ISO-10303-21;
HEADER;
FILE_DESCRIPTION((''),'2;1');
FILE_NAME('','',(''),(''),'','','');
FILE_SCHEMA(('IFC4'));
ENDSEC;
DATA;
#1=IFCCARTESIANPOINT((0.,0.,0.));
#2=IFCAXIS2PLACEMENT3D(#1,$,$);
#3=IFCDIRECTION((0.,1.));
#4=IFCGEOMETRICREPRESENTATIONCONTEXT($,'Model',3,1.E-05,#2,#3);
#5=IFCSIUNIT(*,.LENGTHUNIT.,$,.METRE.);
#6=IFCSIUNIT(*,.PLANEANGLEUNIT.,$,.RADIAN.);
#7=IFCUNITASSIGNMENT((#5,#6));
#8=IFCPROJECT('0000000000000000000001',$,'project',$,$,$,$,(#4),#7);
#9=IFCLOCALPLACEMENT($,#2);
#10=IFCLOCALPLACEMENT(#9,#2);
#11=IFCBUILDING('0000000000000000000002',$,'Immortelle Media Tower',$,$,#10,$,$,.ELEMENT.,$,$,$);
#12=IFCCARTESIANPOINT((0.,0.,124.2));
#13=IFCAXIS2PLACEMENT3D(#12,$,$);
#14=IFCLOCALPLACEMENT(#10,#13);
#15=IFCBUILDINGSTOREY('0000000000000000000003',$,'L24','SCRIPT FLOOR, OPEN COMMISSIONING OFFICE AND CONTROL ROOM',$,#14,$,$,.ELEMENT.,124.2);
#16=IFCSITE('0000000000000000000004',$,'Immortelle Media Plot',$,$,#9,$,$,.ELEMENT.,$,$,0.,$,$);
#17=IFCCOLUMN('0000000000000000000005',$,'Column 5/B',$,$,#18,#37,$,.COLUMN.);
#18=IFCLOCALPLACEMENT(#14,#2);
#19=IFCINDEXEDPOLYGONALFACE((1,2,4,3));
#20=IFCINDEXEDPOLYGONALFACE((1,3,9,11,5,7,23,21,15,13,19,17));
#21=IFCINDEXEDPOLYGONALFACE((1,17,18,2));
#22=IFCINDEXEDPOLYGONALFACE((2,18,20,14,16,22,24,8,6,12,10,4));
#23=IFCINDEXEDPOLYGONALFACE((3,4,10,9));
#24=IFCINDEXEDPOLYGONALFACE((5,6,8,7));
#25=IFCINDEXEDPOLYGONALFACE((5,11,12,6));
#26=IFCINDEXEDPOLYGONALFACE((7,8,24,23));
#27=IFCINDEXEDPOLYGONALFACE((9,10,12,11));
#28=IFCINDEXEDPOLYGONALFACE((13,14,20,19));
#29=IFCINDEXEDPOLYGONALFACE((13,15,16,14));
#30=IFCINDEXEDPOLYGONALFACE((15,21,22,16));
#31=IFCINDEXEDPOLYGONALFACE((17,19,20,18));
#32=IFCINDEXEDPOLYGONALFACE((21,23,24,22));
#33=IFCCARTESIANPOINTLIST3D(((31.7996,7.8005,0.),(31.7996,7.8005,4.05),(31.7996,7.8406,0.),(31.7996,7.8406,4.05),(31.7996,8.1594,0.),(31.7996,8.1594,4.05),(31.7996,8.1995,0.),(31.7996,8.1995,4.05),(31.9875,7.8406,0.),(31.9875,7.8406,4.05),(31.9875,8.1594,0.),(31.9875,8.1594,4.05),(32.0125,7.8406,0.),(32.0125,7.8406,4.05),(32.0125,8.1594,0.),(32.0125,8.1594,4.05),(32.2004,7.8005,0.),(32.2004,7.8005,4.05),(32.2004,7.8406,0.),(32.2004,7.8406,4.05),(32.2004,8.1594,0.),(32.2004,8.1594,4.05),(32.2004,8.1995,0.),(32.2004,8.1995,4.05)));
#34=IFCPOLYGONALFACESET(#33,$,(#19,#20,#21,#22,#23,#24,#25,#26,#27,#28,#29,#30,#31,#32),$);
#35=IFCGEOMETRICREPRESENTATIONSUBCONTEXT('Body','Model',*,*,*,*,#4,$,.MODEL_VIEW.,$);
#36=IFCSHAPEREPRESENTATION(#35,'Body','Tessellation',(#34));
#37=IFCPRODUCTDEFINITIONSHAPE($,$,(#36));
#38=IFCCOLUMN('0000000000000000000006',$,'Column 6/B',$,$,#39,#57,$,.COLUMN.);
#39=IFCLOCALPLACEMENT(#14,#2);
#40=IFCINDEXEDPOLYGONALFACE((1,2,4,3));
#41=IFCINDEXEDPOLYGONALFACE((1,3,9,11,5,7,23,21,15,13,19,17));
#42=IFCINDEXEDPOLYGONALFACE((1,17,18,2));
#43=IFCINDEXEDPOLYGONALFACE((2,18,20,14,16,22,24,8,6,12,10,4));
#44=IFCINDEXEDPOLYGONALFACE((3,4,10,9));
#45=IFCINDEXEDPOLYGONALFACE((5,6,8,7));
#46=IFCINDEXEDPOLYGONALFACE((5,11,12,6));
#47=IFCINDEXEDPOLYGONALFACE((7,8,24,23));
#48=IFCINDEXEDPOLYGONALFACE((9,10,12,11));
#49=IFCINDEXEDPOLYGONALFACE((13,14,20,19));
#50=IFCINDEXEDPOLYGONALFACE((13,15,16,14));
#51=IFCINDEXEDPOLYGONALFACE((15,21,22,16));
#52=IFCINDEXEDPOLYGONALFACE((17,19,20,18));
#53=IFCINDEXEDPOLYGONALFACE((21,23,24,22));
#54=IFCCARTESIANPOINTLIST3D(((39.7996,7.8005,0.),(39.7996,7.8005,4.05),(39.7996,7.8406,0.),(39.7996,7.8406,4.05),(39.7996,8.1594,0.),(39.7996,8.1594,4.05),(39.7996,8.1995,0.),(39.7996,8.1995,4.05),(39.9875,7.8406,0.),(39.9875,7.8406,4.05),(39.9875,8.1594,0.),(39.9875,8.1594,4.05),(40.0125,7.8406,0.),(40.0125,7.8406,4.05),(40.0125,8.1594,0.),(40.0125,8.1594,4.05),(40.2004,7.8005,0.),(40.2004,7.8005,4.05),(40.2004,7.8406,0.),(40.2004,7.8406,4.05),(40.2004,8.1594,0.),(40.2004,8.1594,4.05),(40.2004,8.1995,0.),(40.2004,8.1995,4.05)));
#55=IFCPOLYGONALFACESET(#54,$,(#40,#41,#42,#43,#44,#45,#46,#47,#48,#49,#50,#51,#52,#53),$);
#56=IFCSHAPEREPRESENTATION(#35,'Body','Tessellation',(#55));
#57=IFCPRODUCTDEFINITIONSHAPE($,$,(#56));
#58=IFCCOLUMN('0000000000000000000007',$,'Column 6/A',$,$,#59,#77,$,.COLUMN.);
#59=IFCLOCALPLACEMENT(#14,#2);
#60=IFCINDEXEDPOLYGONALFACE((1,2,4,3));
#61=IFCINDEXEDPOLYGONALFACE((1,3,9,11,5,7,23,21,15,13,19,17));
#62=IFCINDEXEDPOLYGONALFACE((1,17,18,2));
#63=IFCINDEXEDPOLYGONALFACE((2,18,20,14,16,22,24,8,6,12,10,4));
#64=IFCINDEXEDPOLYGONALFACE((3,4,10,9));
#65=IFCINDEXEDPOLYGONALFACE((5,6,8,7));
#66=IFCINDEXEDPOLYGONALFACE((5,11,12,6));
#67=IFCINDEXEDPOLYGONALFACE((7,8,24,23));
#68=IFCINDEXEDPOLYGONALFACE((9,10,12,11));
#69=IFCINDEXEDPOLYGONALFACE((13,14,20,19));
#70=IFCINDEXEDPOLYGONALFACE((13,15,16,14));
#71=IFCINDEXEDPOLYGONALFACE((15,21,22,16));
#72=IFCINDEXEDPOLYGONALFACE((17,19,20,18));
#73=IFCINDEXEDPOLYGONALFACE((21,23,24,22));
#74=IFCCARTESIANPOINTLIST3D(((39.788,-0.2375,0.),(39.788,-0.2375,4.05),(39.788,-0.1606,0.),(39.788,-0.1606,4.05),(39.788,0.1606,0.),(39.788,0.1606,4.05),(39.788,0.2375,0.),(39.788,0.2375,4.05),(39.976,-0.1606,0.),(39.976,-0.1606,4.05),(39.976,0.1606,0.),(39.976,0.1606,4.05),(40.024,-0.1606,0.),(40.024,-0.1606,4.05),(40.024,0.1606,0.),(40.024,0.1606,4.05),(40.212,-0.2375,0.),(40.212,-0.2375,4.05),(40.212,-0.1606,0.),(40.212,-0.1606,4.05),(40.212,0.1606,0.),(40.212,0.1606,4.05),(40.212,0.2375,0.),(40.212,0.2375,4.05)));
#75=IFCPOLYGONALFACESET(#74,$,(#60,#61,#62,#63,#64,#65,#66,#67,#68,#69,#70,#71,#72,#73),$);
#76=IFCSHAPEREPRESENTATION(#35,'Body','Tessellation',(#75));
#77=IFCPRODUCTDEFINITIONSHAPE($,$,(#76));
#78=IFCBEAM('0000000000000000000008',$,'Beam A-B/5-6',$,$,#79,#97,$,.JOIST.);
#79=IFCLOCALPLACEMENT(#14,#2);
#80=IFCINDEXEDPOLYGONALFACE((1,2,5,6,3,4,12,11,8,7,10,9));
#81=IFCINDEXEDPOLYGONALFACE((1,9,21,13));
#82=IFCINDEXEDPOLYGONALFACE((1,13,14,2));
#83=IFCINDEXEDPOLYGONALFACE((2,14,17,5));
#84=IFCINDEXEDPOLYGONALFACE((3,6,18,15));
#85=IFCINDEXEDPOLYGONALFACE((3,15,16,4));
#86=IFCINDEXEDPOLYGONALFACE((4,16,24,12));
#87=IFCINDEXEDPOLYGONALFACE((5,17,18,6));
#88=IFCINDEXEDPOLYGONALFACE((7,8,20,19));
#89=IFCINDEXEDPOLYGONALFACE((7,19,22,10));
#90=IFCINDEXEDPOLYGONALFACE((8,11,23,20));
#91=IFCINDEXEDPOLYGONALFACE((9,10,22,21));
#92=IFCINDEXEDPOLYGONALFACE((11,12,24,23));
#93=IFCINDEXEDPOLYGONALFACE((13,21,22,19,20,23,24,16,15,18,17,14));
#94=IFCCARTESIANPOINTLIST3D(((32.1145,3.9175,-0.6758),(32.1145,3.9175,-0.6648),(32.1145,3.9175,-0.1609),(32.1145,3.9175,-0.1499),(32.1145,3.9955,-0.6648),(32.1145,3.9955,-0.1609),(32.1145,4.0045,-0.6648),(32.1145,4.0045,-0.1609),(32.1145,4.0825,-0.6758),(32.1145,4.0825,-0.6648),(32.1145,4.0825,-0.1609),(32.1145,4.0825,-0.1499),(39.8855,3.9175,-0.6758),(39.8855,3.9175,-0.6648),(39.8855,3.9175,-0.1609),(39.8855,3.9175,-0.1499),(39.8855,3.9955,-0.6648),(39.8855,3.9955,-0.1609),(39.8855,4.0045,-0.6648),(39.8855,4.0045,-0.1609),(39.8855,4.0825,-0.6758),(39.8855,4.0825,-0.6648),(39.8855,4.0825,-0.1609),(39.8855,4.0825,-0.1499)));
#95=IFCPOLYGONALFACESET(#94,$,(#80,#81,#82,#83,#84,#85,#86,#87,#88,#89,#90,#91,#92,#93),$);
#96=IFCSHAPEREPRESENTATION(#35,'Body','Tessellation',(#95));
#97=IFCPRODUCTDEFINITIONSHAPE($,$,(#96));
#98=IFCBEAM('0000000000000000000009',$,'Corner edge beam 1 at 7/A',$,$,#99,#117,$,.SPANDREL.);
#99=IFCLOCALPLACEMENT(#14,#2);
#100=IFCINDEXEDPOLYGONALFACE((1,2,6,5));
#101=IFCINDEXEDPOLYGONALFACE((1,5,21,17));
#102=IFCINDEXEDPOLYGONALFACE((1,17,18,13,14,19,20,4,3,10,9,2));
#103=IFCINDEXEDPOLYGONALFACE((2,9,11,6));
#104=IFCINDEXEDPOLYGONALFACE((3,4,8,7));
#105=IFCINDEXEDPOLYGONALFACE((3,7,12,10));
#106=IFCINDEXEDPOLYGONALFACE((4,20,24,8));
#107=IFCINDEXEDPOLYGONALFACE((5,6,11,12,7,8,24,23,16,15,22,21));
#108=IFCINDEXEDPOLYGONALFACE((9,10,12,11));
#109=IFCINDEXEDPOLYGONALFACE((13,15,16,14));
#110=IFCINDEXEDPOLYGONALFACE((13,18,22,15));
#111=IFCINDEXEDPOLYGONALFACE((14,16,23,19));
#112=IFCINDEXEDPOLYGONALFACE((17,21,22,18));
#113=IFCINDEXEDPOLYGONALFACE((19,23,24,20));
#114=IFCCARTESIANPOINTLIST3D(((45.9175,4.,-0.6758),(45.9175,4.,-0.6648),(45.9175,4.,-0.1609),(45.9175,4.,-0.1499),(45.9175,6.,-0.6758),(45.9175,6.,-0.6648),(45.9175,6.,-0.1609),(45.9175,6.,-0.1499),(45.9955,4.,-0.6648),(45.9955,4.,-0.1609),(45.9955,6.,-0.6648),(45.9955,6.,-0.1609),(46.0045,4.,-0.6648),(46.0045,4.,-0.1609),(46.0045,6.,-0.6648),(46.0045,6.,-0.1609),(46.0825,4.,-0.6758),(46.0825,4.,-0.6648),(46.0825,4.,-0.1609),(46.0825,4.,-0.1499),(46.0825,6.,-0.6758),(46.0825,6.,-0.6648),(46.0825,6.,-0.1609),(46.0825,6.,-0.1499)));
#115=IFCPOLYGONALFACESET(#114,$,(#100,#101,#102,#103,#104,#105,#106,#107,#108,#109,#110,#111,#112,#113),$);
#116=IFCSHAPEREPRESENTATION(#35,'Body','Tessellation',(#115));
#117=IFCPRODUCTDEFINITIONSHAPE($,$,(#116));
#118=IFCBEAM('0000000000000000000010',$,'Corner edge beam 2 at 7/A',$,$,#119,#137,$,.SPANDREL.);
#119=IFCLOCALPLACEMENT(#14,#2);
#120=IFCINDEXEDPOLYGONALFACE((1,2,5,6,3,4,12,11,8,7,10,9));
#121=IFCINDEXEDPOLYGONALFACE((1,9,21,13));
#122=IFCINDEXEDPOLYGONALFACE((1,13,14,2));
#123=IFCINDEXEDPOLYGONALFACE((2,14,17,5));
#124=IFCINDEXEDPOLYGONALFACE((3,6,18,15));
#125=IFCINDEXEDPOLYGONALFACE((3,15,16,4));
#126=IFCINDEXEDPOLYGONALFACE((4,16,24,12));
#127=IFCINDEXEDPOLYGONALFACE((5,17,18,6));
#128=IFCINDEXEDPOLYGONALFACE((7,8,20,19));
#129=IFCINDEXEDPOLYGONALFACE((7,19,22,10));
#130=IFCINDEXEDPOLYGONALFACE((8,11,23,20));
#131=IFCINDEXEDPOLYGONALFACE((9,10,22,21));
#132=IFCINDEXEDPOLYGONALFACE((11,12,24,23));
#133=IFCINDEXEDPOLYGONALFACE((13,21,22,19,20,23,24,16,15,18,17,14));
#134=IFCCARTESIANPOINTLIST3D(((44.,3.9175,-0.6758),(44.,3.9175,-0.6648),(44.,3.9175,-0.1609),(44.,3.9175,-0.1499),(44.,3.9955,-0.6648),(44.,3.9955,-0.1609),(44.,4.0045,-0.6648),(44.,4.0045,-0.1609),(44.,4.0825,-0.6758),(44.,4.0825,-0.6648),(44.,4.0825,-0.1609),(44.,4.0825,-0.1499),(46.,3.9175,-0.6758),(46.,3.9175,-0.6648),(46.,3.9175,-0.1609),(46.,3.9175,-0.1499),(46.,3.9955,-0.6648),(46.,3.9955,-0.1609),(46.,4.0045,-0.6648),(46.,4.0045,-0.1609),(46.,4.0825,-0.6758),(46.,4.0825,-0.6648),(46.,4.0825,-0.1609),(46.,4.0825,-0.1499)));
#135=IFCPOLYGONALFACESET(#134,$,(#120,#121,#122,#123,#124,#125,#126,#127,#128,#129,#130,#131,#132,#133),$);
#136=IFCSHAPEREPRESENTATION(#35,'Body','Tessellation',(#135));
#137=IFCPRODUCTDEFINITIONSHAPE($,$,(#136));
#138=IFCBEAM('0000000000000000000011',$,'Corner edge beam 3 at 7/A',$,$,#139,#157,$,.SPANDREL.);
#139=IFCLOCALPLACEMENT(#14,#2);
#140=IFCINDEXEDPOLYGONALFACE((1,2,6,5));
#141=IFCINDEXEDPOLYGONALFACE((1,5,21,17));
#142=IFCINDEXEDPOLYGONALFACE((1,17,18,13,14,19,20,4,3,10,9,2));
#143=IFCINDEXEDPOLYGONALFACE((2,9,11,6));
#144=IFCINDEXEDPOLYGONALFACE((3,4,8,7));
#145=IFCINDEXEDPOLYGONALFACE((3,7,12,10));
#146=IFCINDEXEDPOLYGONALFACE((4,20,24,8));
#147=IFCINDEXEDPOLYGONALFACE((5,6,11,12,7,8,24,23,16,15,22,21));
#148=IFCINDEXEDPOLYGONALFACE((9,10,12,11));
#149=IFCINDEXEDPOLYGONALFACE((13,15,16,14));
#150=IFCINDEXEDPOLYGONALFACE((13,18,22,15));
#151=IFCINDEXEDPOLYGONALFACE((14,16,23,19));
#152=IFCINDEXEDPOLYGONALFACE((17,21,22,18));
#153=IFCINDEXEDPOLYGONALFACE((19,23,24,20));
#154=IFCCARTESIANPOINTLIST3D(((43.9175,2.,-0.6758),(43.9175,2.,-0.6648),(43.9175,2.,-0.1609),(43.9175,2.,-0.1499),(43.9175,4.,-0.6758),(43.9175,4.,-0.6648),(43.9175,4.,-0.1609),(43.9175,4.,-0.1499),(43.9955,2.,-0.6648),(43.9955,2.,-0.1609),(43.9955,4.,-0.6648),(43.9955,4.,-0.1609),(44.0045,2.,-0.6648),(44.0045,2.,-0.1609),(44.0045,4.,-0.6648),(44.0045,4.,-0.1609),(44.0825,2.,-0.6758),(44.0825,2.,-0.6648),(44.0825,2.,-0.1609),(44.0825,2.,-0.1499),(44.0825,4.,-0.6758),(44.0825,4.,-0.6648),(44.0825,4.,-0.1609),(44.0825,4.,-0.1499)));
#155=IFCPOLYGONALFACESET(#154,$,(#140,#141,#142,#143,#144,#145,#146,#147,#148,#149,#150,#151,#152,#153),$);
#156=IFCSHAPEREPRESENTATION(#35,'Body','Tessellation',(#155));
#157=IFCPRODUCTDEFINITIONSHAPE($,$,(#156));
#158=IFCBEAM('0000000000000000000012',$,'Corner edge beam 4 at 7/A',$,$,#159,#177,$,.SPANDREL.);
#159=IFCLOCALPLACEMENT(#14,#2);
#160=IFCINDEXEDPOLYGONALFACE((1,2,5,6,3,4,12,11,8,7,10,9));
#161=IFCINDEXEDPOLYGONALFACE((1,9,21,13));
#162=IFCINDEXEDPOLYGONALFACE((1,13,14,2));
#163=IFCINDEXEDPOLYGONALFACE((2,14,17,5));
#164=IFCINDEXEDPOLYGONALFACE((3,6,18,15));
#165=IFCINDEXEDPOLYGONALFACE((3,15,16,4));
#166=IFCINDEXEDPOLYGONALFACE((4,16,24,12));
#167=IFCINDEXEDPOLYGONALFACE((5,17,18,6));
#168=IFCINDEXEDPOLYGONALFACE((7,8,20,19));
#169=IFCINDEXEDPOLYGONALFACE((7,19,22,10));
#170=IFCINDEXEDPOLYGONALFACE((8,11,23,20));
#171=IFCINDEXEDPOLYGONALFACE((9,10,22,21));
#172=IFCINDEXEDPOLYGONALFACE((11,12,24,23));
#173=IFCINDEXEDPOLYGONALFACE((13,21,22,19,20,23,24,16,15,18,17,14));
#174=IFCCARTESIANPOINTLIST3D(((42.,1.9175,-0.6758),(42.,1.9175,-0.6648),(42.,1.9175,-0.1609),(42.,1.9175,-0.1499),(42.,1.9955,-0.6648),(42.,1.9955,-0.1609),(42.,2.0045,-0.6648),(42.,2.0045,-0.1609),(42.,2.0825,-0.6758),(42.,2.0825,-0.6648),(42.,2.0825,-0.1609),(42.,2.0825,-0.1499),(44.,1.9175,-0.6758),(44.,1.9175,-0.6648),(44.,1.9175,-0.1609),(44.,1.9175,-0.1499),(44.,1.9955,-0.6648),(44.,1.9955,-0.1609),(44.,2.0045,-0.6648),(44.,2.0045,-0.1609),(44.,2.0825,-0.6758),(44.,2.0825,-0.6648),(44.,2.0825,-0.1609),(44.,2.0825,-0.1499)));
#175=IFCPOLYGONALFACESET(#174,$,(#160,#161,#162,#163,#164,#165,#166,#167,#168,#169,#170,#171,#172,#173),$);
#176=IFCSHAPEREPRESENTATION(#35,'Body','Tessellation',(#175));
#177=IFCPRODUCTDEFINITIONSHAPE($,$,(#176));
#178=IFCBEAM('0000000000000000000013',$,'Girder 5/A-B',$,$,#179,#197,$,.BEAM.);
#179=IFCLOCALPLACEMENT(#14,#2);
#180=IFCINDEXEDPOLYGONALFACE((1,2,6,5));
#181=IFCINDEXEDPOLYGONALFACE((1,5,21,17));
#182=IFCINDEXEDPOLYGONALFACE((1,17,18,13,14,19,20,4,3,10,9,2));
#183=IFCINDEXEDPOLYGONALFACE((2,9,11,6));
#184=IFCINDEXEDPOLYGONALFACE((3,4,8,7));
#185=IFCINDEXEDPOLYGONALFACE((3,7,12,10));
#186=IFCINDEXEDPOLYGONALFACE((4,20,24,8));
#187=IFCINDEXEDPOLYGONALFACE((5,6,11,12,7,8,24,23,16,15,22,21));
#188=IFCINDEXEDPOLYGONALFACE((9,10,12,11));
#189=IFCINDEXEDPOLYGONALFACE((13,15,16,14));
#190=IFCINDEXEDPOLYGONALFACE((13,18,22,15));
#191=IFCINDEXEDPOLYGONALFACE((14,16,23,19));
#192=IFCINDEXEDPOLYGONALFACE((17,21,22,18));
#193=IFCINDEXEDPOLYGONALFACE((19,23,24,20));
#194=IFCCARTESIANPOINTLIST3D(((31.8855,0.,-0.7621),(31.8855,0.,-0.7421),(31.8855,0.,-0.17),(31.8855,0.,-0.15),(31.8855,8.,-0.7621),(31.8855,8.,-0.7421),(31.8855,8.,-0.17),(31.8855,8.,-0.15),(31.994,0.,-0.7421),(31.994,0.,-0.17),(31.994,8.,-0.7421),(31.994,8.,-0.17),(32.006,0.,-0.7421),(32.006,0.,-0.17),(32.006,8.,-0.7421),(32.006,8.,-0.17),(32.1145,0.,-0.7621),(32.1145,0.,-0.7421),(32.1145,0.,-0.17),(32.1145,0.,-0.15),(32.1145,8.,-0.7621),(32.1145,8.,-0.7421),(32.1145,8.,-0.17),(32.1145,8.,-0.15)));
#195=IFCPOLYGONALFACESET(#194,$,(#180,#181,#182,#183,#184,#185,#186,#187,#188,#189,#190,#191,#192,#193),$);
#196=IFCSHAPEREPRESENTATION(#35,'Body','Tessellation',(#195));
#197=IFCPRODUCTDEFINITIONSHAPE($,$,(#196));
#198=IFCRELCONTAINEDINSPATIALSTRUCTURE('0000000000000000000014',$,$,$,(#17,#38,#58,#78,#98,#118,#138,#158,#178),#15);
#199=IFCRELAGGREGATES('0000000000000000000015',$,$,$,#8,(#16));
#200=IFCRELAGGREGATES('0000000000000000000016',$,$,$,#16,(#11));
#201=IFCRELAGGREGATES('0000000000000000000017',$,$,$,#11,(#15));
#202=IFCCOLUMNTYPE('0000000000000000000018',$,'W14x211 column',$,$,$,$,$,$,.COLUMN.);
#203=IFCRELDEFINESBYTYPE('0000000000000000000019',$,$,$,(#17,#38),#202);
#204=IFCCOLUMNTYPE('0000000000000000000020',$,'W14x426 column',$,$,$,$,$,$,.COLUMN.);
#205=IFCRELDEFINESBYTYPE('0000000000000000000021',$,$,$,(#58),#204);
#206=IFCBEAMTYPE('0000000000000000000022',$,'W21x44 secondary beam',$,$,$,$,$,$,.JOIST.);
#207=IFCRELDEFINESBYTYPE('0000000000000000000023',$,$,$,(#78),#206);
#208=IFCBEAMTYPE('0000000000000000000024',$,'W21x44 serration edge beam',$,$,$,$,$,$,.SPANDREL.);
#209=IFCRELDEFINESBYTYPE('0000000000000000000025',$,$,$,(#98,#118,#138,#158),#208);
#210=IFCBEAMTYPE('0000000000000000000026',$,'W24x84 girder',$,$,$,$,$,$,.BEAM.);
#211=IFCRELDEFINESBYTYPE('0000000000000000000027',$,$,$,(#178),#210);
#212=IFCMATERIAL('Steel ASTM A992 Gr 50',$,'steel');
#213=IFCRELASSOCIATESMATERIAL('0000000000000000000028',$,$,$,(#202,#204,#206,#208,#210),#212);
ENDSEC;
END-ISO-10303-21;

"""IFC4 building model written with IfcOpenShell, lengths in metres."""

from ifc_helpers import new_model, si_unit, direction, frame, origin, origin_2d, place, context, subcontext, project, spatial, i_section, extrude, material, material_profile, profile_set, type_object, element, save


model = new_model("IFC4")

# Units and contexts
model_context = context("Model", 3, precision=1e-05, world=origin(), true_north=direction((0.0, 1.0)))
body_context = subcontext(model_context, "Body", "Model", "MODEL_VIEW")
ifc_project = project(units=[si_unit("LENGTHUNIT", "METRE"), si_unit("PLANEANGLEUNIT", "RADIAN")], contexts=[model_context])

# Site, building, storey
site_placement = place(None, origin())
site = spatial("IfcSite", under=ifc_project, at=site_placement, Name="Immortelle Media Plot", CompositionType="ELEMENT", RefElevation=0.0)
building_placement = place(site_placement, origin())
building = spatial("IfcBuilding", under=site, at=building_placement, Name="Immortelle Media Tower", CompositionType="ELEMENT")
storey_placement = place(building_placement, frame((0.0, 0.0, 124.2)))
storey = spatial("IfcBuildingStorey", under=building, at=storey_placement, Name="L24", Description="SCRIPT FLOOR, OPEN COMMISSIONING OFFICE AND CONTROL ROOM", CompositionType="ELEMENT", Elevation=124.2)

# Columns
ifc_material_1 = material(Name="Steel ASTM A992 Gr 50", Category="steel")
ifc_material_profile_1 = material_profile(ifc_material_1, i_section(OverallWidth=0.4009, OverallDepth=0.3989, WebThickness=0.0249, FlangeThickness=0.04, at=origin_2d()), Name="W14x211")
ifc_profile_set_1 = profile_set([ifc_material_profile_1], Name="Steel ASTM A992 Gr 50")
column_type_1 = type_object("IfcColumnType", Name="W14x211 column", PredefinedType="COLUMN", material=ifc_profile_set_1)
for number, where, z_axis, x_axis, name in (
    (1, (32.0, 8.0, 0.0), (0.0, 0.0, 1.0), (1.0, 0.0, 0.0), "Column 5/B"),
    (2, (40.0, 8.0, 0.0), (0.0, 0.0, 1.0), (1.0, 0.0, 0.0), "Column 6/B"),
):
    element("IfcColumn", number, at=place(storey_placement, frame(where, z_axis=z_axis, x_axis=x_axis)), inside=storey, type_object=column_type_1, Name=name, PredefinedType="COLUMN", context=body_context, shape_type="SweptSolid", body=[
        extrude(i_section(OverallWidth=0.4009, OverallDepth=0.3989, WebThickness=0.0249, FlangeThickness=0.04, at=origin_2d()), origin(), (0.0, 0.0, 1.0), 4.05),
    ])
ifc_material_profile_2 = material_profile(ifc_material_1, i_section(OverallWidth=0.4241, OverallDepth=0.4751, WebThickness=0.0481, FlangeThickness=0.0769, at=origin_2d()), Name="W14x426")
ifc_profile_set_2 = profile_set([ifc_material_profile_2], Name="Steel ASTM A992 Gr 50")
column_type_2 = type_object("IfcColumnType", Name="W14x426 column", PredefinedType="COLUMN", material=ifc_profile_set_2)
column_placement = place(storey_placement, frame((40.0, 0.0, 0.0), z_axis=(0.0, 0.0, 1.0), x_axis=(1.0, 0.0, 0.0)))
element("IfcColumn", 3, at=column_placement, inside=storey, type_object=column_type_2, Name="Column 6/A", PredefinedType="COLUMN", context=body_context, shape_type="SweptSolid", body=[
    extrude(i_section(OverallWidth=0.4241, OverallDepth=0.4751, WebThickness=0.0481, FlangeThickness=0.0769, at=origin_2d()), origin(), (0.0, 0.0, 1.0), 4.05),
])

# Beams
ifc_material_profile_3 = material_profile(ifc_material_1, i_section(OverallWidth=0.165, OverallDepth=0.5259, WebThickness=0.009, FlangeThickness=0.011, at=origin_2d()), Name="W21x44")
ifc_profile_set_3 = profile_set([ifc_material_profile_3], Name="Steel ASTM A992 Gr 50")
beam_type_1 = type_object("IfcBeamType", Name="W21x44 secondary beam", PredefinedType="JOIST", material=ifc_profile_set_3)
beam_1_placement = place(storey_placement, frame((32.1145, 4.0, -0.4128), z_axis=(1.0, 0.0, 0.0), x_axis=(0.0, 1.0, 0.0)))
element("IfcBeam", 4, at=beam_1_placement, inside=storey, type_object=beam_type_1, Name="Beam A-B/5-6", PredefinedType="JOIST", context=body_context, shape_type="SweptSolid", body=[
    extrude(i_section(OverallWidth=0.165, OverallDepth=0.5259, WebThickness=0.009, FlangeThickness=0.011, at=origin_2d()), origin(), (0.0, 0.0, 1.0), 7.771),
])
ifc_material_profile_4 = material_profile(ifc_material_1, i_section(OverallWidth=0.165, OverallDepth=0.5259, WebThickness=0.009, FlangeThickness=0.011, at=origin_2d()), Name="W21x44")
ifc_profile_set_4 = profile_set([ifc_material_profile_4], Name="Steel ASTM A992 Gr 50")
beam_type_2 = type_object("IfcBeamType", Name="W21x44 serration edge beam", PredefinedType="SPANDREL", material=ifc_profile_set_4)
for number, where, z_axis, x_axis, name in (
    (5, (46.0, 6.0, -0.4128), (0.0, -1.0, 0.0), (1.0, 0.0, 0.0), "Corner edge beam 1 at 7/A"),
    (6, (46.0, 4.0, -0.4128), (-1.0, 0.0, 0.0), (0.0, -1.0, 0.0), "Corner edge beam 2 at 7/A"),
    (7, (44.0, 4.0, -0.4128), (0.0, -1.0, 0.0), (1.0, 0.0, 0.0), "Corner edge beam 3 at 7/A"),
    (8, (44.0, 2.0, -0.4128), (-1.0, 0.0, 0.0), (0.0, -1.0, 0.0), "Corner edge beam 4 at 7/A"),
):
    element("IfcBeam", number, at=place(storey_placement, frame(where, z_axis=z_axis, x_axis=x_axis)), inside=storey, type_object=beam_type_2, Name=name, PredefinedType="SPANDREL", context=body_context, shape_type="SweptSolid", body=[
        extrude(i_section(OverallWidth=0.165, OverallDepth=0.5259, WebThickness=0.009, FlangeThickness=0.011, at=origin_2d()), origin(), (0.0, 0.0, 1.0), 2.0),
    ])
ifc_material_profile_5 = material_profile(ifc_material_1, i_section(OverallWidth=0.229, OverallDepth=0.6121, WebThickness=0.012, FlangeThickness=0.02, at=origin_2d()), Name="W24x84")
ifc_profile_set_5 = profile_set([ifc_material_profile_5], Name="Steel ASTM A992 Gr 50")
beam_type_3 = type_object("IfcBeamType", Name="W24x84 girder", PredefinedType="BEAM", material=ifc_profile_set_5)
for number, where, z_axis, x_axis, name in (
    (9, (32.0, 0.0, -0.4561), (0.0, 1.0, 0.0), (-1.0, 0.0, 0.0), "Girder 5/A-B"),
):
    element("IfcBeam", number, at=place(storey_placement, frame(where, z_axis=z_axis, x_axis=x_axis)), inside=storey, type_object=beam_type_3, Name=name, PredefinedType="BEAM", context=body_context, shape_type="SweptSolid", body=[
        extrude(i_section(OverallWidth=0.229, OverallDepth=0.6121, WebThickness=0.012, FlangeThickness=0.02, at=origin_2d()), origin(), (0.0, 0.0, 1.0), 8.0),
    ])

save(model, "model.ifc")
